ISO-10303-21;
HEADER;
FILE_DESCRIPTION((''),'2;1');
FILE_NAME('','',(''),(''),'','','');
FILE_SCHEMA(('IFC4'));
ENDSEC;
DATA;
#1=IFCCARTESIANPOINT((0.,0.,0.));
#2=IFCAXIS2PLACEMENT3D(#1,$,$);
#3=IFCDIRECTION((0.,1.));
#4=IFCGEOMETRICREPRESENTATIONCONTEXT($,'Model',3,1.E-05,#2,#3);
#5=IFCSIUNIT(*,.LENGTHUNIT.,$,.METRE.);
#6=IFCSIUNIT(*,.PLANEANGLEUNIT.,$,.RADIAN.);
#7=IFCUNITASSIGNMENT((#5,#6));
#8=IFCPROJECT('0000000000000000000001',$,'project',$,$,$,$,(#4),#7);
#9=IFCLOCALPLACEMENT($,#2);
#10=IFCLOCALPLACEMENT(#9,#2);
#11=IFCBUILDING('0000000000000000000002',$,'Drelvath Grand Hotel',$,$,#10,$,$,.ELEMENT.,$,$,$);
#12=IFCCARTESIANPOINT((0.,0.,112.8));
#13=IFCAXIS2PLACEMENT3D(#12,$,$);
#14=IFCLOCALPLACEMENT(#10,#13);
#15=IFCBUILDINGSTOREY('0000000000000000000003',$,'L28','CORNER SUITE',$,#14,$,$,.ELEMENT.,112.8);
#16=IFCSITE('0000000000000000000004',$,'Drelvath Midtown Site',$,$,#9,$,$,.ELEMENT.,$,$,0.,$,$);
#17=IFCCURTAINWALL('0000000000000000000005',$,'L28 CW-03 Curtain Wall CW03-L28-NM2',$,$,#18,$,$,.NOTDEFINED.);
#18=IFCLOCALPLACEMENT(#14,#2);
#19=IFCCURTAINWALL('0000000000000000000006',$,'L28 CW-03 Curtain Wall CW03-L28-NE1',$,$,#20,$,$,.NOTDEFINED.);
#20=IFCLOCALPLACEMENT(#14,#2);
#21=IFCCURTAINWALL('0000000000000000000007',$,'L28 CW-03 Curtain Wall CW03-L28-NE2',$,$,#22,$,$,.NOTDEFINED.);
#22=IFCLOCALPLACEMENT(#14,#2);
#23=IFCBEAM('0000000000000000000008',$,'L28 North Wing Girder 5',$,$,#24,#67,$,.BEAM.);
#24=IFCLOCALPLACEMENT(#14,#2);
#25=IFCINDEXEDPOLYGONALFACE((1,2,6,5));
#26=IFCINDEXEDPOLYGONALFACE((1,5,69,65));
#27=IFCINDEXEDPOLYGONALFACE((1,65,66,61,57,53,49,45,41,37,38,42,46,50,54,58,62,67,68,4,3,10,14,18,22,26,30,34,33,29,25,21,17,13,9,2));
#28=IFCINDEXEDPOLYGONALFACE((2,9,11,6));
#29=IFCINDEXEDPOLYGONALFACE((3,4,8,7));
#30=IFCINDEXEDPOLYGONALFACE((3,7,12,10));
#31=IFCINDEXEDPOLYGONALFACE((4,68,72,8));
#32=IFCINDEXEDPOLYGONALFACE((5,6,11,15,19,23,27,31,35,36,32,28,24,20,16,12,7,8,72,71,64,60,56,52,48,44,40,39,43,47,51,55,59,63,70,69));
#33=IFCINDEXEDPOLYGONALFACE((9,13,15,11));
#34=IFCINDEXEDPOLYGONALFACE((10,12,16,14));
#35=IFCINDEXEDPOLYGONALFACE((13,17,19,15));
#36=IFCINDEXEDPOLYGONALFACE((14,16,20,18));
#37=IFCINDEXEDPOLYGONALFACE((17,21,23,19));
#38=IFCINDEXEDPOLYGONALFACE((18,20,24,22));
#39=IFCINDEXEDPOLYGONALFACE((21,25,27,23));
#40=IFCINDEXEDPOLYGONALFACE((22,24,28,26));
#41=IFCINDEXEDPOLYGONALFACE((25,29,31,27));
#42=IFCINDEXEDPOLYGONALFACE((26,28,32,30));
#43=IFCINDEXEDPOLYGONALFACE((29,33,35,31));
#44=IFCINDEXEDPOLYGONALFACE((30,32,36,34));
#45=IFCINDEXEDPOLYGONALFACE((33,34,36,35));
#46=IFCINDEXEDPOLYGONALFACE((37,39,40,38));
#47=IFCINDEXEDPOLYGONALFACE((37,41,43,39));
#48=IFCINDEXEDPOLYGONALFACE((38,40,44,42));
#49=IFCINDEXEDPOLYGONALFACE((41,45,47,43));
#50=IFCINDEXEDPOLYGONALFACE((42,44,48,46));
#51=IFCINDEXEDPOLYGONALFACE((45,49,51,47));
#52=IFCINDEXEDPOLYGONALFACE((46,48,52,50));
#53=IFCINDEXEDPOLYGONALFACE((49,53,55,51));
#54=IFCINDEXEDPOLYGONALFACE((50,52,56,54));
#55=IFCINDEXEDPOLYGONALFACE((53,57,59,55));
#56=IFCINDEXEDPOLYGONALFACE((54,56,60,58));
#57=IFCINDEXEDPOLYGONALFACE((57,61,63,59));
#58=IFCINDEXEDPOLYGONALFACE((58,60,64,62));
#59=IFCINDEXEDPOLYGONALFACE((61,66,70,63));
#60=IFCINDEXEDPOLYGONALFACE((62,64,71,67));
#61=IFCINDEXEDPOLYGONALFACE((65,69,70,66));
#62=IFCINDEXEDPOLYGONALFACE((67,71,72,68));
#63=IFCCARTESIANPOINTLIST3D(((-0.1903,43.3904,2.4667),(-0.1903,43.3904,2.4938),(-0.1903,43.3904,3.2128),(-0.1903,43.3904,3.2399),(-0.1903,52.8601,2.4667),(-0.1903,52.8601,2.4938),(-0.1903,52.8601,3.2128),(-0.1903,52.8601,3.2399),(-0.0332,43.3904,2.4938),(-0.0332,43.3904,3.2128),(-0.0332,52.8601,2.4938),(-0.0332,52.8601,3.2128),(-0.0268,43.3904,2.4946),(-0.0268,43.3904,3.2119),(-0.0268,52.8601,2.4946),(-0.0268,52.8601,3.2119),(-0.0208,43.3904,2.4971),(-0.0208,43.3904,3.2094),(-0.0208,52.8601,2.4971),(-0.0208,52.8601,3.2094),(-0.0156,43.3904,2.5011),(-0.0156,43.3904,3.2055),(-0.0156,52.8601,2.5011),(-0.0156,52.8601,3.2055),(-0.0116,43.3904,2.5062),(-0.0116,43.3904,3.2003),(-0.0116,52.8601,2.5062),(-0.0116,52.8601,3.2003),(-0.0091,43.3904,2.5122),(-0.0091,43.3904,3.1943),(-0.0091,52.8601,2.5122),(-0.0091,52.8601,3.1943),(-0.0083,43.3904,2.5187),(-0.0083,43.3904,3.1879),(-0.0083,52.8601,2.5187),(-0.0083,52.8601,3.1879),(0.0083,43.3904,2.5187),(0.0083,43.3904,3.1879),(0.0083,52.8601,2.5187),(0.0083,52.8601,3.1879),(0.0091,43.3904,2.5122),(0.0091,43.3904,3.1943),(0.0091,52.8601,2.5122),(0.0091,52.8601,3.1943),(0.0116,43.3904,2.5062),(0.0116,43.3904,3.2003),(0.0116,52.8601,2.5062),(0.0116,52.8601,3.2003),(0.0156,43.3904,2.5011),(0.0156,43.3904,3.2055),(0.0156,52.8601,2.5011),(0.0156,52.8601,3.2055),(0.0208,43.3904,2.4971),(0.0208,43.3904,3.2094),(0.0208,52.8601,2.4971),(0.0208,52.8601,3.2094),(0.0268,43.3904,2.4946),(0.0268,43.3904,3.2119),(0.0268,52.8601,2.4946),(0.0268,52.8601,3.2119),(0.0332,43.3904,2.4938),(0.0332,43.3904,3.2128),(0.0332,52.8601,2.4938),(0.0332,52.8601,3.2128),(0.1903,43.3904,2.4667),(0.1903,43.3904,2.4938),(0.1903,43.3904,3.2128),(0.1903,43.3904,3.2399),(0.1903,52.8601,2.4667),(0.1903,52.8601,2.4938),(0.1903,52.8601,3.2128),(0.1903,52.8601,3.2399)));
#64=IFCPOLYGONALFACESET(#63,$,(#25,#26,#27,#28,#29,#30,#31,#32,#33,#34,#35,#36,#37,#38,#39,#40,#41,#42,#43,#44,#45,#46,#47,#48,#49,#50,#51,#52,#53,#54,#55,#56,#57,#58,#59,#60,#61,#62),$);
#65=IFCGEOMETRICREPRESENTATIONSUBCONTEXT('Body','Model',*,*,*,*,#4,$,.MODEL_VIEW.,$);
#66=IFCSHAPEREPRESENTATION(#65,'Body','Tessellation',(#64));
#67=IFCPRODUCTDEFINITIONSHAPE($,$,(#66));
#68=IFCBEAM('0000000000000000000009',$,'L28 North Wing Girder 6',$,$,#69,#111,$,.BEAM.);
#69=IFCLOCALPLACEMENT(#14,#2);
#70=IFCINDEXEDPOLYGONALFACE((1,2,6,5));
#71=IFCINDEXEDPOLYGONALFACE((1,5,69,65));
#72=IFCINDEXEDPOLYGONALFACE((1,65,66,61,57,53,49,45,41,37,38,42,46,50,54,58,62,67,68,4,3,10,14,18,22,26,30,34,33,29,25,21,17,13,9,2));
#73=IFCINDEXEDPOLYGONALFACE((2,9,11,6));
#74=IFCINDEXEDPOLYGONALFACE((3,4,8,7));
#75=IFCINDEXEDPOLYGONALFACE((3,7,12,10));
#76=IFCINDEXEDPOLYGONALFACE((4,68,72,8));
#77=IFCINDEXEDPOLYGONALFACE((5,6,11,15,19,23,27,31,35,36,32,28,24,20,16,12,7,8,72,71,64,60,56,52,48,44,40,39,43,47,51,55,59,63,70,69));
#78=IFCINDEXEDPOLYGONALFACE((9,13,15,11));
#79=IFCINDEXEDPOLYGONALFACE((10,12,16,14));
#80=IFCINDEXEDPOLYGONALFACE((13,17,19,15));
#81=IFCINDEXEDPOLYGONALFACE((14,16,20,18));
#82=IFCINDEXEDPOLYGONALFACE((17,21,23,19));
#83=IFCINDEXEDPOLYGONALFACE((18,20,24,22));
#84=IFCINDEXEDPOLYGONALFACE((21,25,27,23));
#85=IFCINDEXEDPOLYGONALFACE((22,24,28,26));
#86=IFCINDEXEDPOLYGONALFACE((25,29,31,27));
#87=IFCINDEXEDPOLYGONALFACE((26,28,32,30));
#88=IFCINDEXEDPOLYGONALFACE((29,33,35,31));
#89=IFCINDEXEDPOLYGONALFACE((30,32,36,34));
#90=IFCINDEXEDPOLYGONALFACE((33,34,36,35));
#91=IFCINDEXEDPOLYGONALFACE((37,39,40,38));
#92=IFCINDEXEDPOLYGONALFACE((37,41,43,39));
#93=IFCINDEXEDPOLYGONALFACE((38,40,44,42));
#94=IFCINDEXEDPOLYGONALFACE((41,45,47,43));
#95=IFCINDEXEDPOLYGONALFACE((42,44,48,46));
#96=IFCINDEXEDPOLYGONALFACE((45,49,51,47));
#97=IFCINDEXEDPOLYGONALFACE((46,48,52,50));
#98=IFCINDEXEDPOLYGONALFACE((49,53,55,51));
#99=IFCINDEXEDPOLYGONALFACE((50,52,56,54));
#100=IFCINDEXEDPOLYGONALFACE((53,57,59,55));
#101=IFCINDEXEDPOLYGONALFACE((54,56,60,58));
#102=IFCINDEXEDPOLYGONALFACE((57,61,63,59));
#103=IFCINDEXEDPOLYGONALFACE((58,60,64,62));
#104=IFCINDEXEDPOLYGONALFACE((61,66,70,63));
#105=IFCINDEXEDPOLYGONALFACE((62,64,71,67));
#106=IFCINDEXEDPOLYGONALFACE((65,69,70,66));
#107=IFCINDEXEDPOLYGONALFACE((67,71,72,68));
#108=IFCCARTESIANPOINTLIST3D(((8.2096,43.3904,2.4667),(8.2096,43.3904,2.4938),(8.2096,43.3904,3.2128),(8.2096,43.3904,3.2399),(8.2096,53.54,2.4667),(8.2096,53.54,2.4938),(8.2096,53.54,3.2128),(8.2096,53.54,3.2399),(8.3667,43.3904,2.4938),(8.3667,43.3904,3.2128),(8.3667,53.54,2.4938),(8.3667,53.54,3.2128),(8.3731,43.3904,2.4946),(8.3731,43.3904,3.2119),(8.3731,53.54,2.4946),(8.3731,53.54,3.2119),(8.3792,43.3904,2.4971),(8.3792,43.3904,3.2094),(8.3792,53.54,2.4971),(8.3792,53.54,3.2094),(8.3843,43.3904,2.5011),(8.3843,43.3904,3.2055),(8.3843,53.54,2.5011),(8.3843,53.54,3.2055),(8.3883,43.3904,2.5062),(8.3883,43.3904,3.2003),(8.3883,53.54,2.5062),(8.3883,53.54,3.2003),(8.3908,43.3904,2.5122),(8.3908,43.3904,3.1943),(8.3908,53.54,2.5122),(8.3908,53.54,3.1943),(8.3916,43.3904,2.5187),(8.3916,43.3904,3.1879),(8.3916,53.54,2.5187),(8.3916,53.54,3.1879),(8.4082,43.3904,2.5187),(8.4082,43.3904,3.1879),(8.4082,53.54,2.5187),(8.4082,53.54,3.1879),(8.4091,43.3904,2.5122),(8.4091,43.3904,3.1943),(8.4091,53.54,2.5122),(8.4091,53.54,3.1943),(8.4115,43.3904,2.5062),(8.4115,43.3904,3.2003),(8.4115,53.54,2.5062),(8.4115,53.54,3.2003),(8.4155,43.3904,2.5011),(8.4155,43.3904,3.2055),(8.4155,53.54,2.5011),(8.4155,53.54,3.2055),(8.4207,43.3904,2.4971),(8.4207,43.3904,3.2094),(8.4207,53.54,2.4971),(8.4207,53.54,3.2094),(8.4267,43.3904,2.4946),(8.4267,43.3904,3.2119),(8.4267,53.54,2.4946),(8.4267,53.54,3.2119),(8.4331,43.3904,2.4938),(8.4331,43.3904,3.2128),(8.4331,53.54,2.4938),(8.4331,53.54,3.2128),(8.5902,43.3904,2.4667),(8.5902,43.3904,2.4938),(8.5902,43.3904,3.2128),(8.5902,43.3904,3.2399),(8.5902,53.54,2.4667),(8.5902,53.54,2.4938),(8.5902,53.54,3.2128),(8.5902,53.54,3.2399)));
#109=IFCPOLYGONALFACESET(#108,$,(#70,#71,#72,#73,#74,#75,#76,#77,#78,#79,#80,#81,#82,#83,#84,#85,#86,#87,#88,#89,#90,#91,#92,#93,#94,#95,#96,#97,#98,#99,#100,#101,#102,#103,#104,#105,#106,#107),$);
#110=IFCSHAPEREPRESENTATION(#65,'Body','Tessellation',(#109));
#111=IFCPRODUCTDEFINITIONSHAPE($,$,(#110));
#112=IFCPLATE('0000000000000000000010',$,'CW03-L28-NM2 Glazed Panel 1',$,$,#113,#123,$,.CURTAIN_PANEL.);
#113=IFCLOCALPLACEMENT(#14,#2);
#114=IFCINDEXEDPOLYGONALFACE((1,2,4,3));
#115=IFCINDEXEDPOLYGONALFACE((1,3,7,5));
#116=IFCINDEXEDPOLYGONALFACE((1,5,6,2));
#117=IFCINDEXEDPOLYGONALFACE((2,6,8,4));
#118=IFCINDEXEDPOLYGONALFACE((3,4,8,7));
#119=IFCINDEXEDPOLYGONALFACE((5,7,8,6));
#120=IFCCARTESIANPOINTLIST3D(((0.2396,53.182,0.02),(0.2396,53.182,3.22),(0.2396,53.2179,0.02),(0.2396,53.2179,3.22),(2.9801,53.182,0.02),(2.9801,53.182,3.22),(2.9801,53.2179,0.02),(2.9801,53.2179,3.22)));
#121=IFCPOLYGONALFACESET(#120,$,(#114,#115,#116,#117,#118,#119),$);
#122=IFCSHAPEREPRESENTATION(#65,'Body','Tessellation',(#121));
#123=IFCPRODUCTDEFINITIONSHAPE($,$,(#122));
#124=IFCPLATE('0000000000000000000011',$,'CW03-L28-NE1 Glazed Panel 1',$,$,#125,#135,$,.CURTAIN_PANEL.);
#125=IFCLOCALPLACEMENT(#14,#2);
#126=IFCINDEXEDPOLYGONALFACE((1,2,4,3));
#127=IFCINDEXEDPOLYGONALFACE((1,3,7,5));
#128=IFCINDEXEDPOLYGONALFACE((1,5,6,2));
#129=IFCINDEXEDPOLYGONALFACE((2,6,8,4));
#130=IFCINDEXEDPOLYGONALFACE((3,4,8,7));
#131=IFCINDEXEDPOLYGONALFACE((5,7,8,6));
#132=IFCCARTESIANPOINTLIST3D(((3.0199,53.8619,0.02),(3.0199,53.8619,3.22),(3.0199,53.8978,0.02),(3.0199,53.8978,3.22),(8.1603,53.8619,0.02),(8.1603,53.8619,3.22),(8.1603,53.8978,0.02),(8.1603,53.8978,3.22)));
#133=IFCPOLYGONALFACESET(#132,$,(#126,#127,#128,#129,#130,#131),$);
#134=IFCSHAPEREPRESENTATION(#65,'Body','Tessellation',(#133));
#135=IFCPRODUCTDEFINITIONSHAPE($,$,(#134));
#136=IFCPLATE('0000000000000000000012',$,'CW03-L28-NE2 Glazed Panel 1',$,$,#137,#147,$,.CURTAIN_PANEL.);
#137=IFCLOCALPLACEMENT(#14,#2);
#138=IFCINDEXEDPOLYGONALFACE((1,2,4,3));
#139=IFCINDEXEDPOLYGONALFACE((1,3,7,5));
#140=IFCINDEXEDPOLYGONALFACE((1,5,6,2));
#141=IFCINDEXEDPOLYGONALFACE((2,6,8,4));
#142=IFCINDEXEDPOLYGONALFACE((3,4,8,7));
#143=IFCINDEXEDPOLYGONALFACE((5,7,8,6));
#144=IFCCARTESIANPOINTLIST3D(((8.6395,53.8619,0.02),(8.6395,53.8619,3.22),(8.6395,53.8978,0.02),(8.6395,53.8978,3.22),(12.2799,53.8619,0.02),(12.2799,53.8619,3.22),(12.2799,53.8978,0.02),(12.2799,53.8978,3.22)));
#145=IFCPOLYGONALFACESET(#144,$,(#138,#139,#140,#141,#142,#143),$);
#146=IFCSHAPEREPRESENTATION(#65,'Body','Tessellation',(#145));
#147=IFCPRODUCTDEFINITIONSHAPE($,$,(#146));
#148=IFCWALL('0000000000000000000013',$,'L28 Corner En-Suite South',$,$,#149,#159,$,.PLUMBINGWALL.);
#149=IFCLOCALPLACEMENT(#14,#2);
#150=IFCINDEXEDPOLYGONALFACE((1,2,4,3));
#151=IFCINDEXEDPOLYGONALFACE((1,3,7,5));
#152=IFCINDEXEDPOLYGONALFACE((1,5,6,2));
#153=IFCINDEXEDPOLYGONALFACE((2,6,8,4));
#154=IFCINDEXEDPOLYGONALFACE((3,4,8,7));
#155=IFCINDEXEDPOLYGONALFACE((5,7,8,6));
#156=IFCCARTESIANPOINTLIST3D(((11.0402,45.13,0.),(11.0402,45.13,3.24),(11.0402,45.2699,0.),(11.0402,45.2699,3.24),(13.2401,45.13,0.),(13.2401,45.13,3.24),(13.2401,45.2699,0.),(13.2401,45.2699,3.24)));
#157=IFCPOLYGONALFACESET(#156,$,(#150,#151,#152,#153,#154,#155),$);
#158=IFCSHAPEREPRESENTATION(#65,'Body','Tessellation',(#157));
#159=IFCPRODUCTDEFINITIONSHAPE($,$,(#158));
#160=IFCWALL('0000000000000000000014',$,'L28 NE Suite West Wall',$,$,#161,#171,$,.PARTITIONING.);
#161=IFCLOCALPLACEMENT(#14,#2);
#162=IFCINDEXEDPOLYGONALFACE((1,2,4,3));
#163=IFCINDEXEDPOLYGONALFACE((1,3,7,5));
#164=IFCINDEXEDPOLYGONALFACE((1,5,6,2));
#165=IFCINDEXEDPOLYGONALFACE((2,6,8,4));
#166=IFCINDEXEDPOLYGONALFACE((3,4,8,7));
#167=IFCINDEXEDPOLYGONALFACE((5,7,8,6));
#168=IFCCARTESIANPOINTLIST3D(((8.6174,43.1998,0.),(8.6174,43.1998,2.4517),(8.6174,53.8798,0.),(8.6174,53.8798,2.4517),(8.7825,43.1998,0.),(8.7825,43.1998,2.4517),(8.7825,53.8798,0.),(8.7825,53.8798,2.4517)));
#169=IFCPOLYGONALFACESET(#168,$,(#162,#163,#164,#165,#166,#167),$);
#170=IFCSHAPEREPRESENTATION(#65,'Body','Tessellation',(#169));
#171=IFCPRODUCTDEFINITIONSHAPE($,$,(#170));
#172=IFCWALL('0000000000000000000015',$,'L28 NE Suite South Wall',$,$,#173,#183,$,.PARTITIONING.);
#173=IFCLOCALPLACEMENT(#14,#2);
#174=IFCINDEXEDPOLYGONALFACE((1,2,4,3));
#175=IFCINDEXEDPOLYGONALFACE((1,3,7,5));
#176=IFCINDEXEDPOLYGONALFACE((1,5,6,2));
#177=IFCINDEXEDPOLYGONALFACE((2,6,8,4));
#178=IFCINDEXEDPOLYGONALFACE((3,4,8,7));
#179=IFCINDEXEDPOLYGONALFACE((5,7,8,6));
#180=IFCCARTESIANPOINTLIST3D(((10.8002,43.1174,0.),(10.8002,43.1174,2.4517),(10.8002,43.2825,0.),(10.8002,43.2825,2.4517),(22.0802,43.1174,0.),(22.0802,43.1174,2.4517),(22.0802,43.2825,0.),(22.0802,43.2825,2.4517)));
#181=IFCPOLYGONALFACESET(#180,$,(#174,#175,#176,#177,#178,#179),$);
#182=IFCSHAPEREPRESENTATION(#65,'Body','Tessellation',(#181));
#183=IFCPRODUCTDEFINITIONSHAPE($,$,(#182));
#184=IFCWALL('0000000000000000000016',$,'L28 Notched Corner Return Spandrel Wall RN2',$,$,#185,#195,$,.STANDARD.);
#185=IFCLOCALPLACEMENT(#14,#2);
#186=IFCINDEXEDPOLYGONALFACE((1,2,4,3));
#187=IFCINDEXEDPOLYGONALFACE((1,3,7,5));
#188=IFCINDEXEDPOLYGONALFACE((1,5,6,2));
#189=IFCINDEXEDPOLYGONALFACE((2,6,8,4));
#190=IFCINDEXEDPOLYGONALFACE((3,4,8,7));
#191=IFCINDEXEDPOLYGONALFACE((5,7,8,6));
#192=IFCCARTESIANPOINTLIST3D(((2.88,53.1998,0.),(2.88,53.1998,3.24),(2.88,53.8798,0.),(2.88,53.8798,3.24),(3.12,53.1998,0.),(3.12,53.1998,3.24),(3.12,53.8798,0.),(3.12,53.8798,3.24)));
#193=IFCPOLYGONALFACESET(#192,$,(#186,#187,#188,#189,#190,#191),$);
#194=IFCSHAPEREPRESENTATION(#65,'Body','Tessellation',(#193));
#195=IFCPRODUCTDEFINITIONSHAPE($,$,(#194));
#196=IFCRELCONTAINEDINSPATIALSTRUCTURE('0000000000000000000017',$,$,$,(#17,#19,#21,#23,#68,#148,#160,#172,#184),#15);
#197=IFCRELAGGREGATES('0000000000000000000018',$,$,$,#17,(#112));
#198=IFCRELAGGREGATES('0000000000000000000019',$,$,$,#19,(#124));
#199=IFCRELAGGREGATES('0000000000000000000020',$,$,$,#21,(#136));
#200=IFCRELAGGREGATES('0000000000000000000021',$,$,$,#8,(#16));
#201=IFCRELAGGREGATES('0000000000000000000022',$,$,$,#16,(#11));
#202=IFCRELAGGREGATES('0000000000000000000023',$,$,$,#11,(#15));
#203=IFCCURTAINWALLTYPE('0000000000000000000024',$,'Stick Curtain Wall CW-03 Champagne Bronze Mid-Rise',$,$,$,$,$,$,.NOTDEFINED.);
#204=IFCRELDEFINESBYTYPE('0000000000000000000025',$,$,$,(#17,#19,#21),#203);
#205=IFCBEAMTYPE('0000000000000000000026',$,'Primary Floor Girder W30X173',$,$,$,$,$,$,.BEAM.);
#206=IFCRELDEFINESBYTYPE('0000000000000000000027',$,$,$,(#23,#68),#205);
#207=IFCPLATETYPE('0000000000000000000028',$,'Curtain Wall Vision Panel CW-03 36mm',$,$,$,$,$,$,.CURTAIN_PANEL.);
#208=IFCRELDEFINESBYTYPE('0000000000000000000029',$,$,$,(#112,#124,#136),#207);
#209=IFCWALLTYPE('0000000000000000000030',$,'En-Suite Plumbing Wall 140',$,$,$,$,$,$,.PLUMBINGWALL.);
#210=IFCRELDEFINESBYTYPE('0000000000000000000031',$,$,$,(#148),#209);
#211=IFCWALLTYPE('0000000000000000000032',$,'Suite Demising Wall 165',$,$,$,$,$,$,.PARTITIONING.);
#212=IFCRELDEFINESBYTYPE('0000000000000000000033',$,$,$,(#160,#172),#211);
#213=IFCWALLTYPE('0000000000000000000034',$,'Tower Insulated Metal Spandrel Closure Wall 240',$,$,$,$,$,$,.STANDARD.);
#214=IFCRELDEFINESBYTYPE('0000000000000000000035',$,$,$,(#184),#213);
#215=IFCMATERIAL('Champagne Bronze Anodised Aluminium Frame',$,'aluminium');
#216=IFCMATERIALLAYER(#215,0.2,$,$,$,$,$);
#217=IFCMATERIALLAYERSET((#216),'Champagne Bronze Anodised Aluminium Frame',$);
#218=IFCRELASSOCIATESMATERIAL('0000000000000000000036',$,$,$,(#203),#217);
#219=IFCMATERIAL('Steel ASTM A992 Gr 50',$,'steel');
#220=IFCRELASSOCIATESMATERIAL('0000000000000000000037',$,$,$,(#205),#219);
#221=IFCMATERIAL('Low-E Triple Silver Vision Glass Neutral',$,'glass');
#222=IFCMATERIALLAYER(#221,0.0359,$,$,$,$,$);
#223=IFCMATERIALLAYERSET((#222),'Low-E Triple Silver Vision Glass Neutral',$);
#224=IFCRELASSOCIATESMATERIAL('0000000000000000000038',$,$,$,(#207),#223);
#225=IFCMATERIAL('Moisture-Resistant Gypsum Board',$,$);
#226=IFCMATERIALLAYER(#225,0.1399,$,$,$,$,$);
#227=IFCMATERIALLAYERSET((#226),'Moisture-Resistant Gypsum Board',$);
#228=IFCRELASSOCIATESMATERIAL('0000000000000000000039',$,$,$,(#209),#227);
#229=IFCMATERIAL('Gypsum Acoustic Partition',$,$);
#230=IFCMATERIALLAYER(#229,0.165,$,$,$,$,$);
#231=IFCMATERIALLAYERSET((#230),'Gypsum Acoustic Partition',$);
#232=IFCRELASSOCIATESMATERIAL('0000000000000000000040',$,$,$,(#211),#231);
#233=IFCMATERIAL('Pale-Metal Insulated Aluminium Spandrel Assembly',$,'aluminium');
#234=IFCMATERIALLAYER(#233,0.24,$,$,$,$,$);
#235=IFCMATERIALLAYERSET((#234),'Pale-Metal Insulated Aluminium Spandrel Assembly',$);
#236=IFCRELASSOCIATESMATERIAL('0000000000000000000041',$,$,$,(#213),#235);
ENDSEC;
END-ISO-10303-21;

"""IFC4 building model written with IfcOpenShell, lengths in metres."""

from ifc_helpers import new_model, si_unit, direction, frame, frame_2d, origin, origin_2d, place, context, subcontext, project, spatial, rectangle, i_section, extrude, material, layer, layer_set, material_profile, profile_set, type_object, element, aggregate, save


model = new_model("IFC4")

# Units and contexts
model_context = context("Model", 3, precision=1e-05, world=origin(), true_north=direction((0.0, 1.0)))
body_context = subcontext(model_context, "Body", "Model", "MODEL_VIEW")
ifc_project = project(units=[si_unit("LENGTHUNIT", "METRE"), si_unit("PLANEANGLEUNIT", "RADIAN")], contexts=[model_context])

# Site, building, storey
site_placement = place(None, origin())
site = spatial("IfcSite", under=ifc_project, at=site_placement, Name="Drelvath Midtown Site", CompositionType="ELEMENT", RefElevation=0.0)
building_placement = place(site_placement, origin())
building = spatial("IfcBuilding", under=site, at=building_placement, Name="Drelvath Grand Hotel", CompositionType="ELEMENT")
storey_placement = place(building_placement, frame((0.0, 0.0, 112.8)))
storey = spatial("IfcBuildingStorey", under=building, at=storey_placement, Name="L28", Description="CORNER SUITE", CompositionType="ELEMENT", Elevation=112.8)

# Curtain walls
ifc_material_1 = material(Name="Champagne Bronze Anodised Aluminium Frame", Category="aluminium")
ifc_layer_1 = layer(ifc_material_1, 0.2)
ifc_layer_set_1 = layer_set([ifc_layer_1], Name="Champagne Bronze Anodised Aluminium Frame")
curtain_wall_type = type_object("IfcCurtainWallType", Name="Stick Curtain Wall CW-03 Champagne Bronze Mid-Rise", PredefinedType="NOTDEFINED", material=ifc_layer_set_1)
curtain_wall_1_placement = place(storey_placement, origin())
curtain_wall_1 = element("IfcCurtainWall", 1, at=curtain_wall_1_placement, inside=storey, type_object=curtain_wall_type, Name="L28 CW-03 Curtain Wall CW03-L28-NM2", PredefinedType="NOTDEFINED")
curtain_wall_2_placement = place(storey_placement, origin())
curtain_wall_2 = element("IfcCurtainWall", 2, at=curtain_wall_2_placement, inside=storey, type_object=curtain_wall_type, Name="L28 CW-03 Curtain Wall CW03-L28-NE1", PredefinedType="NOTDEFINED")
curtain_wall_3_placement = place(storey_placement, origin())
curtain_wall_3 = element("IfcCurtainWall", 3, at=curtain_wall_3_placement, inside=storey, type_object=curtain_wall_type, Name="L28 CW-03 Curtain Wall CW03-L28-NE2", PredefinedType="NOTDEFINED")

# Beams
ifc_material_2 = material(Name="Steel ASTM A992 Gr 50", Category="steel")
ifc_material_profile_1 = material_profile(ifc_material_2, i_section(OverallWidth=0.3806, OverallDepth=0.7732, WebThickness=0.0166, FlangeThickness=0.0271, FilletRadius=0.0249, at=origin_2d()), Name="W30X173")
ifc_profile_set_1 = profile_set([ifc_material_profile_1], Name="Steel ASTM A992 Gr 50")
beam_type_1 = type_object("IfcBeamType", Name="Primary Floor Girder W30X173", PredefinedType="BEAM", material=ifc_profile_set_1)
beam_1_placement = place(storey_placement, frame((0.0, 43.3904, 2.8533), z_axis=(0.0, 1.0, 0.0), x_axis=(-1.0, 0.0, 0.0)))
element("IfcBeam", 4, at=beam_1_placement, inside=storey, type_object=beam_type_1, Name="L28 North Wing Girder 5", PredefinedType="BEAM", context=body_context, shape_type="SweptSolid", body=[
    extrude(i_section(OverallWidth=0.3806, OverallDepth=0.7732, WebThickness=0.0166, FlangeThickness=0.0271, FilletRadius=0.0249, at=origin_2d()), origin(), (0.0, 0.0, 1.0), 9.4697),
])
beam_2_placement = place(storey_placement, frame((8.3999, 43.3904, 2.8533), z_axis=(0.0, 1.0, 0.0), x_axis=(-1.0, 0.0, 0.0)))
element("IfcBeam", 5, at=beam_2_placement, inside=storey, type_object=beam_type_1, Name="L28 North Wing Girder 6", PredefinedType="BEAM", context=body_context, shape_type="SweptSolid", body=[
    extrude(i_section(OverallWidth=0.3806, OverallDepth=0.7732, WebThickness=0.0166, FlangeThickness=0.0271, FilletRadius=0.0249, at=origin_2d()), origin(), (0.0, 0.0, 1.0), 10.1497),
])

# Plates
ifc_material_3 = material(Name="Low-E Triple Silver Vision Glass Neutral", Category="glass")
ifc_layer_2 = layer(ifc_material_3, 0.0359)
ifc_layer_set_2 = layer_set([ifc_layer_2], Name="Low-E Triple Silver Vision Glass Neutral")
plate_type = type_object("IfcPlateType", Name="Curtain Wall Vision Panel CW-03 36mm", PredefinedType="CURTAIN_PANEL", material=ifc_layer_set_2)
plate_1_placement = place(storey_placement, frame((1.6099, 53.2, 0.02), z_axis=(0.0, 0.0, 1.0), x_axis=(1.0, 0.0, 0.0)))
plate_1 = element("IfcPlate", 6, at=plate_1_placement, type_object=plate_type, Name="CW03-L28-NM2 Glazed Panel 1", PredefinedType="CURTAIN_PANEL", context=body_context, shape_type="SweptSolid", body=[
    extrude(rectangle(XDim=2.7405, YDim=0.0359, at=origin_2d()), origin(), (0.0, 0.0, 1.0), 3.2),
])
aggregate(curtain_wall_1, [plate_1])
plate_2_placement = place(storey_placement, frame((5.5901, 53.8799, 0.02), z_axis=(0.0, 0.0, 1.0), x_axis=(1.0, 0.0, 0.0)))
plate_2 = element("IfcPlate", 7, at=plate_2_placement, type_object=plate_type, Name="CW03-L28-NE1 Glazed Panel 1", PredefinedType="CURTAIN_PANEL", context=body_context, shape_type="SweptSolid", body=[
    extrude(rectangle(XDim=5.1404, YDim=0.0359, at=origin_2d()), origin(), (0.0, 0.0, 1.0), 3.2),
])
aggregate(curtain_wall_2, [plate_2])
plate_3_placement = place(storey_placement, frame((10.4597, 53.8799, 0.02), z_axis=(0.0, 0.0, 1.0), x_axis=(1.0, 0.0, 0.0)))
plate_3 = element("IfcPlate", 8, at=plate_3_placement, type_object=plate_type, Name="CW03-L28-NE2 Glazed Panel 1", PredefinedType="CURTAIN_PANEL", context=body_context, shape_type="SweptSolid", body=[
    extrude(rectangle(XDim=3.6404, YDim=0.0359, at=origin_2d()), origin(), (0.0, 0.0, 1.0), 3.2),
])
aggregate(curtain_wall_3, [plate_3])

# Walls
ifc_material_4 = material(Name="Moisture-Resistant Gypsum Board")
ifc_layer_3 = layer(ifc_material_4, 0.1399)
ifc_layer_set_3 = layer_set([ifc_layer_3], Name="Moisture-Resistant Gypsum Board")
wall_type_1 = type_object("IfcWallType", Name="En-Suite Plumbing Wall 140", PredefinedType="PLUMBINGWALL", material=ifc_layer_set_3)
wall_1_placement = place(storey_placement, frame((11.04, 45.2, 0.0), z_axis=(0.0, 0.0, 1.0), x_axis=(1.0, 0.0, 0.0)))
element("IfcWall", 9, at=wall_1_placement, inside=storey, type_object=wall_type_1, Name="L28 Corner En-Suite South", PredefinedType="PLUMBINGWALL", context=body_context, shape_type="SweptSolid", body=[
    extrude(rectangle(XDim=2.2, YDim=0.1399, at=frame_2d((1.1001, 0.0))), origin(), (0.0, 0.0, 1.0), 3.24),
])
ifc_material_5 = material(Name="Gypsum Acoustic Partition")
ifc_layer_4 = layer(ifc_material_5, 0.165)
ifc_layer_set_4 = layer_set([ifc_layer_4], Name="Gypsum Acoustic Partition")
wall_type_2 = type_object("IfcWallType", Name="Suite Demising Wall 165", PredefinedType="PARTITIONING", material=ifc_layer_set_4)
wall_2_placement = place(storey_placement, frame((8.7, 43.2, 0.0), z_axis=(0.0, 0.0, 1.0), x_axis=(0.0, 1.0, 0.0)))
element("IfcWall", 10, at=wall_2_placement, inside=storey, type_object=wall_type_2, Name="L28 NE Suite West Wall", PredefinedType="PARTITIONING", context=body_context, shape_type="SweptSolid", body=[
    extrude(rectangle(XDim=10.6799, YDim=0.165, at=frame_2d((5.3398, 0.0))), origin(), (0.0, 0.0, 1.0), 2.4517),
])
wall_3_placement = place(storey_placement, frame((10.8, 43.2, 0.0), z_axis=(0.0, 0.0, 1.0), x_axis=(1.0, 0.0, 0.0)))
element("IfcWall", 11, at=wall_3_placement, inside=storey, type_object=wall_type_2, Name="L28 NE Suite South Wall", PredefinedType="PARTITIONING", context=body_context, shape_type="SweptSolid", body=[
    extrude(rectangle(XDim=11.28, YDim=0.165, at=frame_2d((5.6401, 0.0))), origin(), (0.0, 0.0, 1.0), 2.4517),
])
ifc_material_6 = material(Name="Pale-Metal Insulated Aluminium Spandrel Assembly", Category="aluminium")
ifc_layer_5 = layer(ifc_material_6, 0.24)
ifc_layer_set_5 = layer_set([ifc_layer_5], Name="Pale-Metal Insulated Aluminium Spandrel Assembly")
wall_type_3 = type_object("IfcWallType", Name="Tower Insulated Metal Spandrel Closure Wall 240", PredefinedType="STANDARD", material=ifc_layer_set_5)
wall_4_placement = place(storey_placement, frame((3.0, 53.2, 0.0), z_axis=(0.0, 0.0, 1.0), x_axis=(0.0, 1.0, 0.0)))
element("IfcWall", 12, at=wall_4_placement, inside=storey, type_object=wall_type_3, Name="L28 Notched Corner Return Spandrel Wall RN2", PredefinedType="STANDARD", context=body_context, shape_type="SweptSolid", body=[
    extrude(rectangle(XDim=0.6799, YDim=0.24, at=frame_2d((0.3398, 0.0))), origin(), (0.0, 0.0, 1.0), 3.24),
])

save(model, "model.ifc")
